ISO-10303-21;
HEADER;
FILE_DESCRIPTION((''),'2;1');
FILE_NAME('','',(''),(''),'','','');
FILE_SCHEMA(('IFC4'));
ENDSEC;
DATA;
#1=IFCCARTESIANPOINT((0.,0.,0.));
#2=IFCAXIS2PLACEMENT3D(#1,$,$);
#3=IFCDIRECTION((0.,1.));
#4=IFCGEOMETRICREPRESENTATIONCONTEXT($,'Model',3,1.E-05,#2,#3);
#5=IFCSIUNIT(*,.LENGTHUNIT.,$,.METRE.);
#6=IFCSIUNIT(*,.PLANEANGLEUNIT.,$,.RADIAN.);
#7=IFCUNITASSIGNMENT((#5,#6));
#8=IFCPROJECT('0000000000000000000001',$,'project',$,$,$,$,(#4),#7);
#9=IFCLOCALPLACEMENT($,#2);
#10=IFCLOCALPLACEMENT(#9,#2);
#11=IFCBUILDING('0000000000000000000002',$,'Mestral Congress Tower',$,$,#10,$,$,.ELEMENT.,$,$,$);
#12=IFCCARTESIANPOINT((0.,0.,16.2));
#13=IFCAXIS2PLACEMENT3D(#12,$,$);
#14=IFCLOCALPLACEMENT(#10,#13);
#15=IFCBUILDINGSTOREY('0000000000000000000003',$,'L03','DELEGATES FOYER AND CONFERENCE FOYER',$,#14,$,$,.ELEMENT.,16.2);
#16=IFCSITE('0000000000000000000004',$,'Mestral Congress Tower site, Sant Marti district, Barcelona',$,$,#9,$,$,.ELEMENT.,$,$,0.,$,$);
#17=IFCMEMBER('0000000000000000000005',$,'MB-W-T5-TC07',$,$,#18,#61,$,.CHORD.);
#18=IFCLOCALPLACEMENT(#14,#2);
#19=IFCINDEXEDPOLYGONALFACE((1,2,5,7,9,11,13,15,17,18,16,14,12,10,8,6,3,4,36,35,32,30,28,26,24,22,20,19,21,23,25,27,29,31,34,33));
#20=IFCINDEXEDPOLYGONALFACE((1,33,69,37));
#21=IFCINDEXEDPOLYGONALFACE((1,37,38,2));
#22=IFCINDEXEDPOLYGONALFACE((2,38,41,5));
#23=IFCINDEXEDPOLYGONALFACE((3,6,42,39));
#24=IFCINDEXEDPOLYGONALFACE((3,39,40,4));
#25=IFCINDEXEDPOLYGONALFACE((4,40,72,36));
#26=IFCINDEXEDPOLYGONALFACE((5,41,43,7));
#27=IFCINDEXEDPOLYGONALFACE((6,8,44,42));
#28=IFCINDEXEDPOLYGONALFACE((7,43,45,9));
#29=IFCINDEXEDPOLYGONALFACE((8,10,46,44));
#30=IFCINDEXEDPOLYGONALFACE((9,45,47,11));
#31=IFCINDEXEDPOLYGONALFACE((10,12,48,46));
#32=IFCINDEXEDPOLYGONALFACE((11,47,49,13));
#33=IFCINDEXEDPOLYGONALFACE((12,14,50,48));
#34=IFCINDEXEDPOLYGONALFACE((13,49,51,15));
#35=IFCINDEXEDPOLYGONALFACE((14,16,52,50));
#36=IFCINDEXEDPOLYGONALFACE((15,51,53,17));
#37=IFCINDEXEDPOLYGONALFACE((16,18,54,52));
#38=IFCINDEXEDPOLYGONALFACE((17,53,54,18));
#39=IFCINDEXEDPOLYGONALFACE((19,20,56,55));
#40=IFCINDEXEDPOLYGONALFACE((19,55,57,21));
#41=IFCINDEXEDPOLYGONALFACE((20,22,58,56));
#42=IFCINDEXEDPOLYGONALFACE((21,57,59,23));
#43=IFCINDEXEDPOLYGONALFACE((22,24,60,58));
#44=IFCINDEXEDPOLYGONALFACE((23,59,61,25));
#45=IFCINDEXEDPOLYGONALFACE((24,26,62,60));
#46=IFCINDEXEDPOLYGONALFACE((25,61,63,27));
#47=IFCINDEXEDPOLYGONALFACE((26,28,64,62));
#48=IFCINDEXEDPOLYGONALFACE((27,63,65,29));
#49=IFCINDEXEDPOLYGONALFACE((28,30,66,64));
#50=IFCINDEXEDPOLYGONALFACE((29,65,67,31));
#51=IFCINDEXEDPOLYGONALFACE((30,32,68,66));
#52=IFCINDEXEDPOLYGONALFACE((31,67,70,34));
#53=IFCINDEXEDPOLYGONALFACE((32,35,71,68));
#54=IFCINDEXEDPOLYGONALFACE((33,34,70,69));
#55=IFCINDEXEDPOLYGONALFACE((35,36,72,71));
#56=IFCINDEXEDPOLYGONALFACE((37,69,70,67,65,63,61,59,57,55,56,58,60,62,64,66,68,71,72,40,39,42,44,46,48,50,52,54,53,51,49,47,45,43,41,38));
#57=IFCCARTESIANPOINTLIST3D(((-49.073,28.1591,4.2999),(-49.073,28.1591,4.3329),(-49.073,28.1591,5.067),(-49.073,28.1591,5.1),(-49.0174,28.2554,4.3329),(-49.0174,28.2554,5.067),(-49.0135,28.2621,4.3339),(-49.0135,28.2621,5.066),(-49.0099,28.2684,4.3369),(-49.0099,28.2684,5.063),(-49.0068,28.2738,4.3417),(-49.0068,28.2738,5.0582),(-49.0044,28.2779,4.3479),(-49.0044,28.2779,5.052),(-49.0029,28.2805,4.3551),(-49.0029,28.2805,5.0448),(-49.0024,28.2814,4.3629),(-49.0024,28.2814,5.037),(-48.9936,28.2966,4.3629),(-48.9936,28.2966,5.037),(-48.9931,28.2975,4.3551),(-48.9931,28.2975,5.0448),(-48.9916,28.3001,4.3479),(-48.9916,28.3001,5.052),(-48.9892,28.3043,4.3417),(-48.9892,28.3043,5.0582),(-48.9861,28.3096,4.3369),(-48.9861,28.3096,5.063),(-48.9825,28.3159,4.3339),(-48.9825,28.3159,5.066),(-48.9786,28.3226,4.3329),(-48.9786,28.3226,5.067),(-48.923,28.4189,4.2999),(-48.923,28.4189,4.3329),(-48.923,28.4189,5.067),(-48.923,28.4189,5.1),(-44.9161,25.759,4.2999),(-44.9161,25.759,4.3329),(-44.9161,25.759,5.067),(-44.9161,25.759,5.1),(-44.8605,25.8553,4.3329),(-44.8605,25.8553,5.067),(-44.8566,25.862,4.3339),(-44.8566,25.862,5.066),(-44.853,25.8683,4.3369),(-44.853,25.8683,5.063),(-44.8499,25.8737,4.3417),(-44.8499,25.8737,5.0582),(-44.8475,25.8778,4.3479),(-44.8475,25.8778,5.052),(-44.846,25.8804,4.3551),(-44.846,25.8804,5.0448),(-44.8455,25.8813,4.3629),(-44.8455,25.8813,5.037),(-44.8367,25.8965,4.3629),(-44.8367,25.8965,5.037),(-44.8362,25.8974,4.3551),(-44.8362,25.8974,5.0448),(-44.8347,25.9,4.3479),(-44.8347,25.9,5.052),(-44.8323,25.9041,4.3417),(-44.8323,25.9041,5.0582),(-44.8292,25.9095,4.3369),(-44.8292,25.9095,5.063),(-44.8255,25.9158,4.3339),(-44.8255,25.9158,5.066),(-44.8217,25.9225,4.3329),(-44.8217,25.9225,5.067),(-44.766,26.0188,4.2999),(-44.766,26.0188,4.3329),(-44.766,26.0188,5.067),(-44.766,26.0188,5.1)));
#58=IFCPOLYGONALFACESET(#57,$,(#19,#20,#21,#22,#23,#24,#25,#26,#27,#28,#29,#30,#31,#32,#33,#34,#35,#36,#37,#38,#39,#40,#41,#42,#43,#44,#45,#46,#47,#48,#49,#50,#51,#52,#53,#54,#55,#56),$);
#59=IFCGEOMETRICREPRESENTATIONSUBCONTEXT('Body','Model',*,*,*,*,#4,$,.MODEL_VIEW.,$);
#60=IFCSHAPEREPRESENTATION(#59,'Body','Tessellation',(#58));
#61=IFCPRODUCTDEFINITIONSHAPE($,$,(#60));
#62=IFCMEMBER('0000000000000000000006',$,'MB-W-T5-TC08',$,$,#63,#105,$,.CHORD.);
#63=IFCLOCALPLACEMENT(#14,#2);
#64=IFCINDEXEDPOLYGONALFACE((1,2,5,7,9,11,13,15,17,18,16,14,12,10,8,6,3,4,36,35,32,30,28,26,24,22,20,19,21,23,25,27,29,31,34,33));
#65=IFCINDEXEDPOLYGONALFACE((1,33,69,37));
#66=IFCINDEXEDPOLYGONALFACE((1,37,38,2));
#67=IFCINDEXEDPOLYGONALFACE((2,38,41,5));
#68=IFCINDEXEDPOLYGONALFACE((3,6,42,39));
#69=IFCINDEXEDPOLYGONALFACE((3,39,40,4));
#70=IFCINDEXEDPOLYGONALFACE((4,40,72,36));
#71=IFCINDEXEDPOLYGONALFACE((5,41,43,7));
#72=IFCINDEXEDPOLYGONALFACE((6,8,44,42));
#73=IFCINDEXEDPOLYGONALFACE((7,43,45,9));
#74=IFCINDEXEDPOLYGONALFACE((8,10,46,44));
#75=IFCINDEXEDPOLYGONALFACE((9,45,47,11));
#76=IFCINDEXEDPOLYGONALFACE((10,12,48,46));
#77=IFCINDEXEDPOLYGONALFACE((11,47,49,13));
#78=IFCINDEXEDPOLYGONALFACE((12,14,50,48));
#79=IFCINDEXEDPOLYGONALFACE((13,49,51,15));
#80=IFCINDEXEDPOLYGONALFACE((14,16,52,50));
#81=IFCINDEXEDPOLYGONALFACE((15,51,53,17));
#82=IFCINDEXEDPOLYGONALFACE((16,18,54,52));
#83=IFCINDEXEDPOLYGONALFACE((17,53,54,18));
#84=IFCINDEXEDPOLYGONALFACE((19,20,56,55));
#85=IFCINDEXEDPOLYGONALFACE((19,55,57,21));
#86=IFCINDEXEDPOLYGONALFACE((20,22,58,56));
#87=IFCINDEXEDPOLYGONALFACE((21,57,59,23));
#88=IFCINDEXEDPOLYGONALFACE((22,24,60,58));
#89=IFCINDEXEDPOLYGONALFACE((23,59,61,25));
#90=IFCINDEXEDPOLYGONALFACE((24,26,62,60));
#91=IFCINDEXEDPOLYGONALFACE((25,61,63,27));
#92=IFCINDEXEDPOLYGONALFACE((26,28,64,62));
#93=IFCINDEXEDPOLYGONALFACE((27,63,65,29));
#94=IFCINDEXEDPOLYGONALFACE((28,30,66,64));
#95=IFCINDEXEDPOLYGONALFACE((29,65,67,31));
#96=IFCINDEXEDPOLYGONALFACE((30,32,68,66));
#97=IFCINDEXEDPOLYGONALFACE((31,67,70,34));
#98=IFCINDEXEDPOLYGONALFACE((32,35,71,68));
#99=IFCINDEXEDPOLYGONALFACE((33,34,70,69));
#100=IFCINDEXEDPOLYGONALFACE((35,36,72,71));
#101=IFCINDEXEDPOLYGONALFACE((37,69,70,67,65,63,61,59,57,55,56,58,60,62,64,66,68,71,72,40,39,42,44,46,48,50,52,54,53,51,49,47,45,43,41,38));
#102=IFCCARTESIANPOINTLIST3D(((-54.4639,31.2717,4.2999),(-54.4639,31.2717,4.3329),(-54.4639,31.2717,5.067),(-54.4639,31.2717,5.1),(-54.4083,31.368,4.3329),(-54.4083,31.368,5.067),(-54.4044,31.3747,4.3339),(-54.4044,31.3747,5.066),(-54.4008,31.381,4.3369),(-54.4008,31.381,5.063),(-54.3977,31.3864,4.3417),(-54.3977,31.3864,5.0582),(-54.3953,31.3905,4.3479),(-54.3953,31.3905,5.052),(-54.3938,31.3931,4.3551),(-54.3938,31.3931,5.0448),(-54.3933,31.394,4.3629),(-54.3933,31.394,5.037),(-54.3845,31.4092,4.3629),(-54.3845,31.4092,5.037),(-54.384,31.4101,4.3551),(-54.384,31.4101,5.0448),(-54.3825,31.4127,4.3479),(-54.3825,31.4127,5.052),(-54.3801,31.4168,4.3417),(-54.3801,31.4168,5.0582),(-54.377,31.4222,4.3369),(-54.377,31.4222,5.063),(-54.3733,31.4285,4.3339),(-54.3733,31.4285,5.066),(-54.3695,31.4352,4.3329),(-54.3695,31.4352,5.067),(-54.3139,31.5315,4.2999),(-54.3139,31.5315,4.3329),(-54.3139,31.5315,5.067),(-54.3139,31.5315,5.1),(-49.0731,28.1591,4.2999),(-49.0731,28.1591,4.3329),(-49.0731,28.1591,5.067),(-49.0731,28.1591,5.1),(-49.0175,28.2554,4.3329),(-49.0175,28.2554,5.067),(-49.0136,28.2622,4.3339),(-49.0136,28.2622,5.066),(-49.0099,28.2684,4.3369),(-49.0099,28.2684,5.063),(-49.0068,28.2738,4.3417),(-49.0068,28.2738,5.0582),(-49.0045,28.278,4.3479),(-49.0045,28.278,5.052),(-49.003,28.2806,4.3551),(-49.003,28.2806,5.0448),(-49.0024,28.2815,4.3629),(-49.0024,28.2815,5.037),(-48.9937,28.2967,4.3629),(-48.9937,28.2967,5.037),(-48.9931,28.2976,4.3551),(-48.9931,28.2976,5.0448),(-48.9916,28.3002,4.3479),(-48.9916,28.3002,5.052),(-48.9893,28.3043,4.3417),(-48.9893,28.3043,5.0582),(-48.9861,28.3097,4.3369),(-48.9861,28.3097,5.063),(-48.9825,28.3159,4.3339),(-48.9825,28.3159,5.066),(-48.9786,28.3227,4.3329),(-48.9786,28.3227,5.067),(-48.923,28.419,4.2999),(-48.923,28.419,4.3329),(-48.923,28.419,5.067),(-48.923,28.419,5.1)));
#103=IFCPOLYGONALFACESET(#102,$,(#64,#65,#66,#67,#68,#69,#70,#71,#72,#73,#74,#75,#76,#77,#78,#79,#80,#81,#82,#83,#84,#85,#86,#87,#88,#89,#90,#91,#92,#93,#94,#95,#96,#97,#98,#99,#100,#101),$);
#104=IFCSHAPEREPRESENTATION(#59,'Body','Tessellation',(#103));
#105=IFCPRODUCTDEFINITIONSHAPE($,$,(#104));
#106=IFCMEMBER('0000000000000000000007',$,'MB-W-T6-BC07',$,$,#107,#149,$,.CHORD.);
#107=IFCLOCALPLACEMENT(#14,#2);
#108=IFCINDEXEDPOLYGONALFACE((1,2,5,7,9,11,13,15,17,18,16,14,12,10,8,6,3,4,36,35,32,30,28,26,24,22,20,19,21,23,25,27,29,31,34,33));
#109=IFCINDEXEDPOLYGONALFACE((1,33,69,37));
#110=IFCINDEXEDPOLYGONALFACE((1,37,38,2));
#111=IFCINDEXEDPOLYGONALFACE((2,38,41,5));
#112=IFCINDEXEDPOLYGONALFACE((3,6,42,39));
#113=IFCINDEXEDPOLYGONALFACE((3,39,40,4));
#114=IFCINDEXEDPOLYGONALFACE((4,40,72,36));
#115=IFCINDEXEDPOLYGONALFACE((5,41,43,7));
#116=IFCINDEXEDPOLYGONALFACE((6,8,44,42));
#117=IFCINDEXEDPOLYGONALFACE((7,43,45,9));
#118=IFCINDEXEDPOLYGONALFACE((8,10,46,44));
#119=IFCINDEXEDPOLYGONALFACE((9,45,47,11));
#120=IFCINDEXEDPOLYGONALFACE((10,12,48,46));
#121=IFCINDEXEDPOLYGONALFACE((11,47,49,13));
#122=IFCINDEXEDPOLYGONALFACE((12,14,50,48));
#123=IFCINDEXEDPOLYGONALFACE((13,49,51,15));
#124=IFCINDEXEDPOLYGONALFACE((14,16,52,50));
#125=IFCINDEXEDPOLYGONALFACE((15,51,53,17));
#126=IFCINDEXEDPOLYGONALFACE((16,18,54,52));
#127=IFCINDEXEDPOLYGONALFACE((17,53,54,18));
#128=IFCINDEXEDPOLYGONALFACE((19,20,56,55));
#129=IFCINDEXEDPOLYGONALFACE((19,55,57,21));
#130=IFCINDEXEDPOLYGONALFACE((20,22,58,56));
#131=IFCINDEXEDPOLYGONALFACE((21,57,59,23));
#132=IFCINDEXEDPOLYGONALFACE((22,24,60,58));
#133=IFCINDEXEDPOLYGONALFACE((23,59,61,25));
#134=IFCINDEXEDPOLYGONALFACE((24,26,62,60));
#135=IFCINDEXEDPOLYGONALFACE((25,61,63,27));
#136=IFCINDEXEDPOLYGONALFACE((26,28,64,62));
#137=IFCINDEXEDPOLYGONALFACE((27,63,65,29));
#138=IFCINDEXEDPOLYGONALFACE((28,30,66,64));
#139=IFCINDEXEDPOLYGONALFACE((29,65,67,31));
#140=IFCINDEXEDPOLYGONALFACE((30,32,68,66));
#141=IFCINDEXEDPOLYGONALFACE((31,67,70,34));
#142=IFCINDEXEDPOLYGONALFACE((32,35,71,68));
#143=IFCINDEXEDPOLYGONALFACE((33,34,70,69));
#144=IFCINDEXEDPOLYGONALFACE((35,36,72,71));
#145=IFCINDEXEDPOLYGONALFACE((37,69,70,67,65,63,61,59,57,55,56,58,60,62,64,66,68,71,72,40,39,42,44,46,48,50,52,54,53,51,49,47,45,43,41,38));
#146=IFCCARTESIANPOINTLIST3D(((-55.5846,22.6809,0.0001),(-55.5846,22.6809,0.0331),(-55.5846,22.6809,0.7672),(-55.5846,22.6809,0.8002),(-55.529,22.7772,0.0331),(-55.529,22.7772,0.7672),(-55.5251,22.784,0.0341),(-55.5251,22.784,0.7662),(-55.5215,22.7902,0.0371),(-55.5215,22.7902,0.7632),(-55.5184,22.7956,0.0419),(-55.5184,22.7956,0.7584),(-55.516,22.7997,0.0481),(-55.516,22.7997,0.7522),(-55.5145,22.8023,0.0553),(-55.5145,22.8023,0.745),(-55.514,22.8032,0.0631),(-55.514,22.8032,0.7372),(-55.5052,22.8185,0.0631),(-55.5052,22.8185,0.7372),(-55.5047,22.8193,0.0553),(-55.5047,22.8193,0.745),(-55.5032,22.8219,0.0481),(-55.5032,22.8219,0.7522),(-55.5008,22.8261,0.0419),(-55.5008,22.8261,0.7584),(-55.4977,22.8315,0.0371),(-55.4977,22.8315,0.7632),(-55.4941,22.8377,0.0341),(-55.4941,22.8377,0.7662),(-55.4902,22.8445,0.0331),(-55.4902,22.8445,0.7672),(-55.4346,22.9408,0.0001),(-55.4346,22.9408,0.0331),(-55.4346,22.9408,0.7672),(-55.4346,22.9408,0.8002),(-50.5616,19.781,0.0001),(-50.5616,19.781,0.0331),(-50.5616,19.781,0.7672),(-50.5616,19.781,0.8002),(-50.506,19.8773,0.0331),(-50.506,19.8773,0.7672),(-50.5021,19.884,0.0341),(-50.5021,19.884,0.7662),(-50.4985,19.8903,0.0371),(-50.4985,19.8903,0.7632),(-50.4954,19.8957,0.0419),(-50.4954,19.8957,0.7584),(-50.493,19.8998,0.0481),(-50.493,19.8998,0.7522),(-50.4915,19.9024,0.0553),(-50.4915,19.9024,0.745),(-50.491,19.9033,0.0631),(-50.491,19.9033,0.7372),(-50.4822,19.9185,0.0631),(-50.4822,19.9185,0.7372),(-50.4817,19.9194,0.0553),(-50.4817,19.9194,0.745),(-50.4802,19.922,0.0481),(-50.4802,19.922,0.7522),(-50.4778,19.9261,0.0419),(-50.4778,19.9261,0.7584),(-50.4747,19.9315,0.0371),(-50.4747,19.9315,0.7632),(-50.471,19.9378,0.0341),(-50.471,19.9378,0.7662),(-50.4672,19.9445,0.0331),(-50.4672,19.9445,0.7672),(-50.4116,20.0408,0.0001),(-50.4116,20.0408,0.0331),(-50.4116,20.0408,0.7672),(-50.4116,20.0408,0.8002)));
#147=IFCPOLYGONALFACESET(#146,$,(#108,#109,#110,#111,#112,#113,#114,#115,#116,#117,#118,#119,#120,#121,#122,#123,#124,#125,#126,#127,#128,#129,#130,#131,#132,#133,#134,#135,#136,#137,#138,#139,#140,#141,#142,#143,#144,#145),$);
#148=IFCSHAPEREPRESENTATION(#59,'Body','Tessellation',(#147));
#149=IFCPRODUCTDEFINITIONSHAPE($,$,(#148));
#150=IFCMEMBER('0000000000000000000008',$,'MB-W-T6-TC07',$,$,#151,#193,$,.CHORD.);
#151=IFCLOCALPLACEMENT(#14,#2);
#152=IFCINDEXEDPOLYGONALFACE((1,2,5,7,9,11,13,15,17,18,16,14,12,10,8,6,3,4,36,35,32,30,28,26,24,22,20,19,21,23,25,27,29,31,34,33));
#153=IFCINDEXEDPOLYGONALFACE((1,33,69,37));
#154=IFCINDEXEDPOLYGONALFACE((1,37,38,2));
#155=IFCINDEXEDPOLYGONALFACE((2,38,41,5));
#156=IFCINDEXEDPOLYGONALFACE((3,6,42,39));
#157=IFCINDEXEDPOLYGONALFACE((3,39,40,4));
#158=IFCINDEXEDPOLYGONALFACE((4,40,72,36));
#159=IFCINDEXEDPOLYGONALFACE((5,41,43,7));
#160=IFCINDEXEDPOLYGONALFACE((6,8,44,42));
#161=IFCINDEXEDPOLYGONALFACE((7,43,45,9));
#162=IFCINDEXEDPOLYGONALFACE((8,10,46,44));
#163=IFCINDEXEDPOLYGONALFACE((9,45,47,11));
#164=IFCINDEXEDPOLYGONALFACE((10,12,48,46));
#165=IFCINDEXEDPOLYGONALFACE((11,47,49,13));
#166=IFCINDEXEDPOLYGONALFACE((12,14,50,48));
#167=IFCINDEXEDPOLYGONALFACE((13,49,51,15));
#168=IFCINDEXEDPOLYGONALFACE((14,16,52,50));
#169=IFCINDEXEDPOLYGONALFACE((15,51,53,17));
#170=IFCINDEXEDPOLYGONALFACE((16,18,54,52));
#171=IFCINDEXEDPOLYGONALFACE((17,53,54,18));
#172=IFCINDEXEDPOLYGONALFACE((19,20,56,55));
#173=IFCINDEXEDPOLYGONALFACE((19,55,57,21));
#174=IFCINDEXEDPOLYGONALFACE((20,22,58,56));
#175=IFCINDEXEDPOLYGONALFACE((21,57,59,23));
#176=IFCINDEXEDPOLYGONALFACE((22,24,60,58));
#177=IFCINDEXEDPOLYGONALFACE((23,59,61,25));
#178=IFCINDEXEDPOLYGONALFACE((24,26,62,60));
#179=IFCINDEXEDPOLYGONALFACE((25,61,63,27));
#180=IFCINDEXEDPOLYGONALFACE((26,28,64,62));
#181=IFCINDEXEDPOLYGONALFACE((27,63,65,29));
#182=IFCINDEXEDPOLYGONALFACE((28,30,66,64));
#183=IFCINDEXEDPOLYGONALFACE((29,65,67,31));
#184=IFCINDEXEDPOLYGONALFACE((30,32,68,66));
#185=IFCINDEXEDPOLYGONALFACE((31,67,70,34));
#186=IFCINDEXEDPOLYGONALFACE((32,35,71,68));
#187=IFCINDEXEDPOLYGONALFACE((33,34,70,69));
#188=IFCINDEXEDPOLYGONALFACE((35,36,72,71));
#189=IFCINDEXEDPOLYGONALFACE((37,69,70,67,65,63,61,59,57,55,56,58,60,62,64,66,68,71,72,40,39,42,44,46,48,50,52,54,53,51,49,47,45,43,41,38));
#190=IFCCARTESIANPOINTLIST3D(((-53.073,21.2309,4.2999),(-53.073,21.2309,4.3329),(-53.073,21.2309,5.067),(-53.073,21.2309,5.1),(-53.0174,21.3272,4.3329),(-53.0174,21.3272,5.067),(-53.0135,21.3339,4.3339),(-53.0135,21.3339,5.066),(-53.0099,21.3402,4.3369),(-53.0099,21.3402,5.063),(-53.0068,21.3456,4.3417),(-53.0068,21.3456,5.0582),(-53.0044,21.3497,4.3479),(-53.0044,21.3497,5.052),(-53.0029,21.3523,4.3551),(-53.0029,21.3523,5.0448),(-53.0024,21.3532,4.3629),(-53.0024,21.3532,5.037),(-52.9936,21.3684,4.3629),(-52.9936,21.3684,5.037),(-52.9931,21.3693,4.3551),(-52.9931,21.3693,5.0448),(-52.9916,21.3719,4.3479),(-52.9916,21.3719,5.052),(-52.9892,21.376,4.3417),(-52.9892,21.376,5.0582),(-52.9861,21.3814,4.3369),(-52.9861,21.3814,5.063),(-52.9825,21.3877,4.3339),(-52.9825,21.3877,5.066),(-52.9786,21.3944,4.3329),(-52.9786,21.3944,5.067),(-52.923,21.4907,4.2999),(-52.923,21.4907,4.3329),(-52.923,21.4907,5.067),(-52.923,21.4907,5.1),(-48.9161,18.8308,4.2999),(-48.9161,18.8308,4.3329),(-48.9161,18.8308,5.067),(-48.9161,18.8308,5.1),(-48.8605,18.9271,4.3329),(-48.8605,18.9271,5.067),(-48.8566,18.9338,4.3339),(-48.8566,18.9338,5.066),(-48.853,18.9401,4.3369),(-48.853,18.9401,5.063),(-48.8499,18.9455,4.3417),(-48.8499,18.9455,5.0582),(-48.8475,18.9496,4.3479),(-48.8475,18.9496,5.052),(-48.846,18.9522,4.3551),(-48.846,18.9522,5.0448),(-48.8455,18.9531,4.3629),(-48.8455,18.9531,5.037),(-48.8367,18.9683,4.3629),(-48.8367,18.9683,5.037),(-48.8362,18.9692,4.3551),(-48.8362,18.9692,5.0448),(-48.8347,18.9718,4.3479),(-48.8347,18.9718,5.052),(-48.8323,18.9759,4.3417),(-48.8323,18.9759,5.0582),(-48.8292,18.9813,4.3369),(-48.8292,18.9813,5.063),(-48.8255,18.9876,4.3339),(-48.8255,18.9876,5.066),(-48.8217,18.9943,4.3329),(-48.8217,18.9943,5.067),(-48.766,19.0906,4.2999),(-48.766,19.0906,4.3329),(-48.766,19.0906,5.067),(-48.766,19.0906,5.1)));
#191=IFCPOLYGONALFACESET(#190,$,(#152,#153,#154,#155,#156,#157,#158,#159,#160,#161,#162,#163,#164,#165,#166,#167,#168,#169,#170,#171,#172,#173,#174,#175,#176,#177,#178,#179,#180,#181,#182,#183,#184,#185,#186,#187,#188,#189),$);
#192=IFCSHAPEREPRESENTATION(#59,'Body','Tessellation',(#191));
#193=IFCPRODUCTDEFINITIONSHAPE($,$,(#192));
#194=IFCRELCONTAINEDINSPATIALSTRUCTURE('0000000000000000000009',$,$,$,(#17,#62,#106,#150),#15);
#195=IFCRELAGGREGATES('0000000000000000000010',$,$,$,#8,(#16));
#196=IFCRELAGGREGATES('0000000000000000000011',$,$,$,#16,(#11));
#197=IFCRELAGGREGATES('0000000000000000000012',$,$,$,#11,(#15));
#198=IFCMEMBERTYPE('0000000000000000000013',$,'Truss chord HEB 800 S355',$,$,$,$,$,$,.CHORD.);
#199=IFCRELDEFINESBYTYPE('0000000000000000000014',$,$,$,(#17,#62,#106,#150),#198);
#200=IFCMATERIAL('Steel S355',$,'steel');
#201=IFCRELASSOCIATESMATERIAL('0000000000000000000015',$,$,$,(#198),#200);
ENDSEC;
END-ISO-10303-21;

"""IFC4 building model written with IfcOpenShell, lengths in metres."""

from ifc_helpers import new_model, si_unit, direction, frame, origin, origin_2d, place, context, subcontext, project, spatial, i_section, extrude, material, material_profile, profile_set, type_object, element, save


model = new_model("IFC4")

# Units and contexts
model_context = context("Model", 3, precision=1e-05, world=origin(), true_north=direction((0.0, 1.0)))
body_context = subcontext(model_context, "Body", "Model", "MODEL_VIEW")
ifc_project = project(units=[si_unit("LENGTHUNIT", "METRE"), si_unit("PLANEANGLEUNIT", "RADIAN")], contexts=[model_context])

# Site, building, storey
site_placement = place(None, origin())
site = spatial("IfcSite", under=ifc_project, at=site_placement, Name="Mestral Congress Tower site, Sant Marti district, Barcelona", CompositionType="ELEMENT", RefElevation=0.0)
building_placement = place(site_placement, origin())
building = spatial("IfcBuilding", under=site, at=building_placement, Name="Mestral Congress Tower", CompositionType="ELEMENT")
storey_placement = place(building_placement, frame((0.0, 0.0, 16.2)))
storey = spatial("IfcBuildingStorey", under=building, at=storey_placement, Name="L03", Description="DELEGATES FOYER AND CONFERENCE FOYER", CompositionType="ELEMENT", Elevation=16.2)

# Members
ifc_material = material(Name="Steel S355", Category="steel")
ifc_material_profile_1 = material_profile(ifc_material, i_section(OverallWidth=0.3, OverallDepth=0.8, WebThickness=0.0176, FlangeThickness=0.033, FilletRadius=0.03, at=origin_2d()), Name="HEB 800")
ifc_profile_set_1 = profile_set([ifc_material_profile_1], Name="Steel S355")
member_type_1 = type_object("IfcMemberType", Name="Truss chord HEB 800 S355", PredefinedType="CHORD", material=ifc_profile_set_1)
for number, where, z_axis, x_axis, name in (
    (1, (-44.8411, 25.8889, 4.7), (-0.866015, 0.500017, 0.0), (-0.500017, -0.866015, 0.0), "MB-W-T5-TC07"),
):
    element("IfcMember", number, at=place(storey_placement, frame(where, z_axis=z_axis, x_axis=x_axis)), inside=storey, type_object=member_type_1, Name=name, PredefinedType="CHORD", context=body_context, shape_type="SweptSolid", body=[
        extrude(i_section(OverallWidth=0.3, OverallDepth=0.8, WebThickness=0.0176, FlangeThickness=0.033, FilletRadius=0.03, at=origin_2d()), origin(), (0.0, 0.0, 1.0), 4.8),
    ])
member_1_placement = place(storey_placement, frame((-48.998, 28.2891, 4.7), z_axis=(-0.866016, 0.500016, 0.0), x_axis=(-0.500016, -0.866016, 0.0)))
element("IfcMember", 2, at=member_1_placement, inside=storey, type_object=member_type_1, Name="MB-W-T5-TC08", PredefinedType="CHORD", context=body_context, shape_type="SweptSolid", body=[
    extrude(i_section(OverallWidth=0.3, OverallDepth=0.8, WebThickness=0.0176, FlangeThickness=0.033, FilletRadius=0.03, at=origin_2d()), origin(), (0.0, 0.0, 1.0), 6.2249),
])
member_2_placement = place(storey_placement, frame((-50.4866, 19.9109, 0.4001), z_axis=(-0.866033, 0.499987, 0.0), x_axis=(-0.499987, -0.866033, 0.0)))
element("IfcMember", 3, at=member_2_placement, inside=storey, type_object=member_type_1, Name="MB-W-T6-BC07", PredefinedType="CHORD", context=body_context, shape_type="SweptSolid", body=[
    extrude(i_section(OverallWidth=0.3, OverallDepth=0.8, WebThickness=0.0176, FlangeThickness=0.033, FilletRadius=0.03, at=origin_2d()), origin(), (0.0, 0.0, 1.0), 5.8),
])
member_3_placement = place(storey_placement, frame((-48.8411, 18.9607, 4.7), z_axis=(-0.866015, 0.500017, 0.0), x_axis=(-0.500017, -0.866015, 0.0)))
element("IfcMember", 4, at=member_3_placement, inside=storey, type_object=member_type_1, Name="MB-W-T6-TC07", PredefinedType="CHORD", context=body_context, shape_type="SweptSolid", body=[
    extrude(i_section(OverallWidth=0.3, OverallDepth=0.8, WebThickness=0.0176, FlangeThickness=0.033, FilletRadius=0.03, at=origin_2d()), origin(), (0.0, 0.0, 1.0), 4.8),
])

save(model, "model.ifc")
